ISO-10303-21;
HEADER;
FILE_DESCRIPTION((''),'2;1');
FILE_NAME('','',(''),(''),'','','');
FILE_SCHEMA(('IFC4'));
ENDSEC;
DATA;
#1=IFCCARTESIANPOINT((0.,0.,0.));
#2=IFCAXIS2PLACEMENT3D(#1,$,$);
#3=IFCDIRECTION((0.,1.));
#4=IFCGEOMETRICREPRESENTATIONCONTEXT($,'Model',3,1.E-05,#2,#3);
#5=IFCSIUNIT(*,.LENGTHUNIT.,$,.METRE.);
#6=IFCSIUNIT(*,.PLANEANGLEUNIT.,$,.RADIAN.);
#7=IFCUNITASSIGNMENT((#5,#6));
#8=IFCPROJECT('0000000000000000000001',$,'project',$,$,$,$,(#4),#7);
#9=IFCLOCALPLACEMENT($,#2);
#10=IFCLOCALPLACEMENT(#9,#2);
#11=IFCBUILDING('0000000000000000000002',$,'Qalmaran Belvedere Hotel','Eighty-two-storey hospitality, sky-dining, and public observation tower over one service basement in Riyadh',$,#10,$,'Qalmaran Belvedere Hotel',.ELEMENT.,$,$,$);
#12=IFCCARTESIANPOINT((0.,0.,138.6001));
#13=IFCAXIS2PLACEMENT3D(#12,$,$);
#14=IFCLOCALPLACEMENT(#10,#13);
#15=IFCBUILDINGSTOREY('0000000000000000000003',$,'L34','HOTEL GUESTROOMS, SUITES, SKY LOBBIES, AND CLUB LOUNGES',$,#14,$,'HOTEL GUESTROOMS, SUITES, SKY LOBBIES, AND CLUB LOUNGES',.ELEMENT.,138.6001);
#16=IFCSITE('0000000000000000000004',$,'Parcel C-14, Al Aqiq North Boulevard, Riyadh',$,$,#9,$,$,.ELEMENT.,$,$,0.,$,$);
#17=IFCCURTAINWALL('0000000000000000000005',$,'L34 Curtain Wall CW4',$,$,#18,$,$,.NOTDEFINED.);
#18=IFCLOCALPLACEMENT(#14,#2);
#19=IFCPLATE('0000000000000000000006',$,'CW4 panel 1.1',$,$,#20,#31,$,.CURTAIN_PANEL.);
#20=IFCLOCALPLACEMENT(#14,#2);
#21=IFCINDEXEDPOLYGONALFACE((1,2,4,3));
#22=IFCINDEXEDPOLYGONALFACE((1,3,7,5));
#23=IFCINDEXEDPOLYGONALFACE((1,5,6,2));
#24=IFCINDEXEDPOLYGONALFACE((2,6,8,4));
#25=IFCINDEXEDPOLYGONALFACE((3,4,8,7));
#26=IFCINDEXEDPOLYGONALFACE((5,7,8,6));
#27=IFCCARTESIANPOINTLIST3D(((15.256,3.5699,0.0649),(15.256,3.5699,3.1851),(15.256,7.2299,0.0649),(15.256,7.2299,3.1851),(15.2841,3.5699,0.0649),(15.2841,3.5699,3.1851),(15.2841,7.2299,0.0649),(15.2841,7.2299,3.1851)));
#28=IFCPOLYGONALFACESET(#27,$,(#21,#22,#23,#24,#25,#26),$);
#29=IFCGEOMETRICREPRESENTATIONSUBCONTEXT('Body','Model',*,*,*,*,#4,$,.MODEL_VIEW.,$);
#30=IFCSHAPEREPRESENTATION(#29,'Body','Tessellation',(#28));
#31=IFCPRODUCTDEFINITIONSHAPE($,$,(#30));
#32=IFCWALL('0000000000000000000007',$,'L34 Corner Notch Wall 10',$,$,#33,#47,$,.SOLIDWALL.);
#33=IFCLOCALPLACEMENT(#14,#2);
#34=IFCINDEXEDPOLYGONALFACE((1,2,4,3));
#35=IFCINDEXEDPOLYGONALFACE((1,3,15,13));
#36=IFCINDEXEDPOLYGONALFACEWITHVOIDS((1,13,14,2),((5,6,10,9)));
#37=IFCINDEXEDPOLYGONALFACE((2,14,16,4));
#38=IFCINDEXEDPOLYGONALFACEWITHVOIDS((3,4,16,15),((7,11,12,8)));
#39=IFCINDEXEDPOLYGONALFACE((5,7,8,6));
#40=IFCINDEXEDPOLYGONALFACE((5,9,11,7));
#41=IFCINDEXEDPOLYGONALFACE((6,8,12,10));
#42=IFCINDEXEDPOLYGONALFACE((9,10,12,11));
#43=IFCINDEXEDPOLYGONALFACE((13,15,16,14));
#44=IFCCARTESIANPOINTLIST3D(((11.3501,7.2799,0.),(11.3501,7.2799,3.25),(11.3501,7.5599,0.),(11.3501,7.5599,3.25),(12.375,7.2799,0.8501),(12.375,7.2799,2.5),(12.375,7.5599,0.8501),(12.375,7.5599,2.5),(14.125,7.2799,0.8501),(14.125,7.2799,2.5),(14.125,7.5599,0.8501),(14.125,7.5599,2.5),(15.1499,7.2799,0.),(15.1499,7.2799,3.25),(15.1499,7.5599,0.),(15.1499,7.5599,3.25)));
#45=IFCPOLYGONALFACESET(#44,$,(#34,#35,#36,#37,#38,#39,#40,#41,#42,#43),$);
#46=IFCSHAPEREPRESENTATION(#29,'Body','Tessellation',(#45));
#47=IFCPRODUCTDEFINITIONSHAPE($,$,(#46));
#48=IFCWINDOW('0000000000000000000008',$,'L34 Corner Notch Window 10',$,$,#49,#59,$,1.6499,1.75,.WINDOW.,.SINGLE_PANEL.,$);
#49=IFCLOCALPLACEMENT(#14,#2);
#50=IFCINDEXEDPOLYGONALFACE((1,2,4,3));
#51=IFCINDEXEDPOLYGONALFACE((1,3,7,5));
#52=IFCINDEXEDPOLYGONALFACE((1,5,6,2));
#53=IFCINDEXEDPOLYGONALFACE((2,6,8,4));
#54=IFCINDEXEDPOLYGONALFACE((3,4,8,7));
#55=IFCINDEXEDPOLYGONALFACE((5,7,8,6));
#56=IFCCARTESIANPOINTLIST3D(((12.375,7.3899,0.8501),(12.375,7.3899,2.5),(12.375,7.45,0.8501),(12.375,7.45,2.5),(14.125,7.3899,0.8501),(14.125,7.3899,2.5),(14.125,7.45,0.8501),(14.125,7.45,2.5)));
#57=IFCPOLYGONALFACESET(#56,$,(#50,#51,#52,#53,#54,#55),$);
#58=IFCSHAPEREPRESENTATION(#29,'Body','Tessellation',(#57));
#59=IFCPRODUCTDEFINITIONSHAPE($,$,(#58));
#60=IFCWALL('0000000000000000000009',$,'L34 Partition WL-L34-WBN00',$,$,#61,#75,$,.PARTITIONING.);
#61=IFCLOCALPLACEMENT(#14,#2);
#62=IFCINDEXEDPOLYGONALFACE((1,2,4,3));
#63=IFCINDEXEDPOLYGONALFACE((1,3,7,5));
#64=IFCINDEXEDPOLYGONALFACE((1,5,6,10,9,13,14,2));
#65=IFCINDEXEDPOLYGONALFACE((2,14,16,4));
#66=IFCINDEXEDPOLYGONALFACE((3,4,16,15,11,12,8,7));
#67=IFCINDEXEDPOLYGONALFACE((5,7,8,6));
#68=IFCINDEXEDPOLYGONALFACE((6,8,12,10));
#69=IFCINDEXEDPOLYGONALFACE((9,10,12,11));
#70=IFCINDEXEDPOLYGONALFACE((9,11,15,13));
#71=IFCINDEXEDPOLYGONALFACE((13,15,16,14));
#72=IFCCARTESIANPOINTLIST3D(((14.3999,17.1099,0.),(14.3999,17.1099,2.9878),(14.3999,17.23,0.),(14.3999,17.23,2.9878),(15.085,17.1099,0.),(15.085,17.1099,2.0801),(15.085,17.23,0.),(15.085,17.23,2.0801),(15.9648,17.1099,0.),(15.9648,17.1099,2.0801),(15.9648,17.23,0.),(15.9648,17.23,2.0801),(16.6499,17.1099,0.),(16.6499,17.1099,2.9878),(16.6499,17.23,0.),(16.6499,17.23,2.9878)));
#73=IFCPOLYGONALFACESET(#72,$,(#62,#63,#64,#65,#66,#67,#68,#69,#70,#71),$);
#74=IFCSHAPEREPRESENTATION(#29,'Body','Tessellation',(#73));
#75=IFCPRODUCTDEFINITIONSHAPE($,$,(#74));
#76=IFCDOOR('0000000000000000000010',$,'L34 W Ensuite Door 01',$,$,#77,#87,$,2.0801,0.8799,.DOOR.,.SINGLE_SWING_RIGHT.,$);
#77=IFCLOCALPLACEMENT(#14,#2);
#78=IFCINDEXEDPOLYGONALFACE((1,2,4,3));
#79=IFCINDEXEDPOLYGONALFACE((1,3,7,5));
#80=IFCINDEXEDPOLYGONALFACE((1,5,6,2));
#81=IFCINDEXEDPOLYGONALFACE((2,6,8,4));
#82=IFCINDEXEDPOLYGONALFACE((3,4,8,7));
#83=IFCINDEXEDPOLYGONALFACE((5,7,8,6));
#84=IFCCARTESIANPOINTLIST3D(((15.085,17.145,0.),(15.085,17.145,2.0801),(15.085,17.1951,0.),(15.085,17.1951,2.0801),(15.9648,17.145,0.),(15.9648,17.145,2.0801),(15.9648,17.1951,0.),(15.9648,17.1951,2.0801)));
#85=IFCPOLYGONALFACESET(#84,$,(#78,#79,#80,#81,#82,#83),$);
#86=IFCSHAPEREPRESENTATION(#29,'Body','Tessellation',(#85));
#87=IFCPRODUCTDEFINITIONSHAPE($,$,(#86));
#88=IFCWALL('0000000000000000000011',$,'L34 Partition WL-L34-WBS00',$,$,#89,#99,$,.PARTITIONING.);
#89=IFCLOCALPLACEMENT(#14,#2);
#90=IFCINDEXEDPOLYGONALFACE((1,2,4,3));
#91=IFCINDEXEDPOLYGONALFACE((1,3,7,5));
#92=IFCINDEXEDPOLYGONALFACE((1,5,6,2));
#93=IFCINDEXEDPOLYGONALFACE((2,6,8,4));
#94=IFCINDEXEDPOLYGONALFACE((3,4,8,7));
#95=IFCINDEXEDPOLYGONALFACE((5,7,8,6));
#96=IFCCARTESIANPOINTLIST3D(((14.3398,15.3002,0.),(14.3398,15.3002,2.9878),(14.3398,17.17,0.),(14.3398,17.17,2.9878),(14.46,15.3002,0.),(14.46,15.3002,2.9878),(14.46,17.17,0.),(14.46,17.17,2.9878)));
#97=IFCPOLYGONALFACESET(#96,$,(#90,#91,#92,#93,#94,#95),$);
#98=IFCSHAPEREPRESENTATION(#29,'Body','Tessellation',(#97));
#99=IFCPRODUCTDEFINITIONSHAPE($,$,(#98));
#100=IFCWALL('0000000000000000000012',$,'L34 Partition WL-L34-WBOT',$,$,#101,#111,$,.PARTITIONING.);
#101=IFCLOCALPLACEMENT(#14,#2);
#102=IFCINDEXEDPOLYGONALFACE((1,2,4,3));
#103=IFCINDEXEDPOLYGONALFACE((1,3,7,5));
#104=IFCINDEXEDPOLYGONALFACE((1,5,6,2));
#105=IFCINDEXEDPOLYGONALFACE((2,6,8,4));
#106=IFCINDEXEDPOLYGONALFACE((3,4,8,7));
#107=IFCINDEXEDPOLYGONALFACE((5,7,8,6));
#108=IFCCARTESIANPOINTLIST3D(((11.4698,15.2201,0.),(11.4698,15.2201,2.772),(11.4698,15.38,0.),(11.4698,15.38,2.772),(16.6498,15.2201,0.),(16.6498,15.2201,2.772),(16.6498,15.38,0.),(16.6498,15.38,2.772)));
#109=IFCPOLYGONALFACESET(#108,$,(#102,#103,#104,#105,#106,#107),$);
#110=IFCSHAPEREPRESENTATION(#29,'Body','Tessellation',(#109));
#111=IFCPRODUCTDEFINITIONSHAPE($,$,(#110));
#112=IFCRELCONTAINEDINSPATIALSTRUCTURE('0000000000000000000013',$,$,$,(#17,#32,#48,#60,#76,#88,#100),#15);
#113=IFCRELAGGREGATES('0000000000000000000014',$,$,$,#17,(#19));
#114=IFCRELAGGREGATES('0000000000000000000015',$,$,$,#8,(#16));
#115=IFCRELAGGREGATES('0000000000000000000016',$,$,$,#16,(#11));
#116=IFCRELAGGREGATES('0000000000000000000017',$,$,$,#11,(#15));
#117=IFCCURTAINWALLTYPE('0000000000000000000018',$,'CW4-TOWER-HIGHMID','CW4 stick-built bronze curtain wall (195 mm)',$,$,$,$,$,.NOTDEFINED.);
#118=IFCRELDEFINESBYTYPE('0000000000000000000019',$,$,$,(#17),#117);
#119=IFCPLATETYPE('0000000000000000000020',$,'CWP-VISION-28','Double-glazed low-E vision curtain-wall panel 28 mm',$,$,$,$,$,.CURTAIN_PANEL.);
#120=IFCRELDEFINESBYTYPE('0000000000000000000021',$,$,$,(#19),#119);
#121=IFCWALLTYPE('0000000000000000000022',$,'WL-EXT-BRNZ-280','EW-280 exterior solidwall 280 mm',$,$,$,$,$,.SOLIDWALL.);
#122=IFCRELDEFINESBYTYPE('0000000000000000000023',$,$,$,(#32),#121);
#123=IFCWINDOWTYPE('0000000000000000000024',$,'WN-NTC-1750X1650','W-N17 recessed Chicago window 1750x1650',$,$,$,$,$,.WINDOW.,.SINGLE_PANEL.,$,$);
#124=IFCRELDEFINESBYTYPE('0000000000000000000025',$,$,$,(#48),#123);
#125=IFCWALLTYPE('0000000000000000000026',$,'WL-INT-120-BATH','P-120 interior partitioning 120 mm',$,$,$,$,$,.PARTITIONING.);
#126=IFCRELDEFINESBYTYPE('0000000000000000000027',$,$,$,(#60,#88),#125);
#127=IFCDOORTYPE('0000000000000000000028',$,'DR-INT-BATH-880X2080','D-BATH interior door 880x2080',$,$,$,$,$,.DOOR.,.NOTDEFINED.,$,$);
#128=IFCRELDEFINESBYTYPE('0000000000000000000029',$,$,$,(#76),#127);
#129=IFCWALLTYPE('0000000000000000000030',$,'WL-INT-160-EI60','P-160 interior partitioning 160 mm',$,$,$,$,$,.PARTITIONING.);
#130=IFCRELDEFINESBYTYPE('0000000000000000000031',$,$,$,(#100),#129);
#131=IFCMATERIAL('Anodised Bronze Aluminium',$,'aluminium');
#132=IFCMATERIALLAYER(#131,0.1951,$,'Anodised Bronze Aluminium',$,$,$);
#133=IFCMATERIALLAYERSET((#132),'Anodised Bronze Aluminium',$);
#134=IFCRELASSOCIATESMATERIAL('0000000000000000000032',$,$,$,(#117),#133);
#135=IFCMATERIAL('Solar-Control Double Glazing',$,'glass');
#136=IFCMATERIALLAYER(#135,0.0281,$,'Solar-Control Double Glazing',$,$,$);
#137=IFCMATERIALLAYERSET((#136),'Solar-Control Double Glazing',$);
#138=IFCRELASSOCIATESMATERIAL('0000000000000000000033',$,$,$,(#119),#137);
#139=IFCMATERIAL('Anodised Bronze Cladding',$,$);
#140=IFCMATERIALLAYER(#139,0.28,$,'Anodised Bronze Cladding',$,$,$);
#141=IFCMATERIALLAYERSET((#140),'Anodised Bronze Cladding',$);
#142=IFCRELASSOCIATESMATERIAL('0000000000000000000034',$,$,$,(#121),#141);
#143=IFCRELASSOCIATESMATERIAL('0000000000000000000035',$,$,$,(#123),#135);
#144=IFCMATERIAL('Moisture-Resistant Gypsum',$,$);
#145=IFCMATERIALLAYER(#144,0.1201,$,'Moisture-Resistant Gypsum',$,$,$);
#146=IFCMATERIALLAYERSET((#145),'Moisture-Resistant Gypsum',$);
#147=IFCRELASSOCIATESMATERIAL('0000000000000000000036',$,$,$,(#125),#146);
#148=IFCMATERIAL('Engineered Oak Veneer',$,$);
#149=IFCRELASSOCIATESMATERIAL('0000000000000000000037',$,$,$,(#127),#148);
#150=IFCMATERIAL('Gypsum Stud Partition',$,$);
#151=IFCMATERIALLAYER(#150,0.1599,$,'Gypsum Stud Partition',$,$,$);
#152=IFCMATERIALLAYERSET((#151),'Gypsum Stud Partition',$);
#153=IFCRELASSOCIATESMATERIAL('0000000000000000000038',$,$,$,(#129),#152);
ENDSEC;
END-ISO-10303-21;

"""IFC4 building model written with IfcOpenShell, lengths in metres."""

from ifc_helpers import new_model, si_unit, direction, frame, frame_2d, origin, origin_2d, place, context, subcontext, project, spatial, rectangle, extrude, material, layer, layer_set, type_object, element, fill, aggregate, save


model = new_model("IFC4")

# Units and contexts
model_context = context("Model", 3, precision=1e-05, world=origin(), true_north=direction((0.0, 1.0)))
body_context = subcontext(model_context, "Body", "Model", "MODEL_VIEW")
ifc_project = project(units=[si_unit("LENGTHUNIT", "METRE"), si_unit("PLANEANGLEUNIT", "RADIAN")], contexts=[model_context])

# Site, building, storey
site_placement = place(None, origin())
site = spatial("IfcSite", under=ifc_project, at=site_placement, Name="Parcel C-14, Al Aqiq North Boulevard, Riyadh", CompositionType="ELEMENT", RefElevation=0.0)
building_placement = place(site_placement, origin())
building = spatial("IfcBuilding", under=site, at=building_placement, Name="Qalmaran Belvedere Hotel", Description="Eighty-two-storey hospitality, sky-dining, and public observation tower over one service basement in Riyadh", LongName="Qalmaran Belvedere Hotel", CompositionType="ELEMENT")
storey_placement = place(building_placement, frame((0.0, 0.0, 138.6001)))
storey = spatial("IfcBuildingStorey", under=building, at=storey_placement, Name="L34", Description="HOTEL GUESTROOMS, SUITES, SKY LOBBIES, AND CLUB LOUNGES", LongName="HOTEL GUESTROOMS, SUITES, SKY LOBBIES, AND CLUB LOUNGES", CompositionType="ELEMENT", Elevation=138.6001)

# Shared definitions
ifc_material_1 = material(Name="Anodised Bronze Aluminium", Category="aluminium")
ifc_layer_1 = layer(ifc_material_1, 0.1951, Name="Anodised Bronze Aluminium")
ifc_layer_set_1 = layer_set([ifc_layer_1], Name="Anodised Bronze Aluminium")
curtain_wall_type = type_object("IfcCurtainWallType", Name="CW4-TOWER-HIGHMID", Description="CW4 stick-built bronze curtain wall (195 mm)", PredefinedType="NOTDEFINED", material=ifc_layer_set_1)

# Curtain wall
curtain_wall_1_placement = place(storey_placement, origin())
curtain_wall_1 = element("IfcCurtainWall", 1, at=curtain_wall_1_placement, inside=storey, type_object=curtain_wall_type, Name="L34 Curtain Wall CW4", PredefinedType="NOTDEFINED")

# Plate
ifc_material_2 = material(Name="Solar-Control Double Glazing", Category="glass")
ifc_layer_2 = layer(ifc_material_2, 0.0281, Name="Solar-Control Double Glazing")
ifc_layer_set_2 = layer_set([ifc_layer_2], Name="Solar-Control Double Glazing")
plate_type = type_object("IfcPlateType", Name="CWP-VISION-28", Description="Double-glazed low-E vision curtain-wall panel 28 mm", PredefinedType="CURTAIN_PANEL", material=ifc_layer_set_2)
plate_1_placement = place(storey_placement, frame((15.27, 5.3999, 0.0649), z_axis=(0.0, 0.0, 1.0), x_axis=(0.0, -1.0, 0.0)))
plate_1 = element("IfcPlate", 2, at=plate_1_placement, type_object=plate_type, Name="CW4 panel 1.1", PredefinedType="CURTAIN_PANEL", context=body_context, shape_type="SweptSolid", body=[
    extrude(rectangle(XDim=3.6599, YDim=0.0281, at=origin_2d()), origin(), (0.0, 0.0, 1.0), 3.1201),
])
aggregate(curtain_wall_1, [plate_1])

# Wall, opening, window
ifc_material_3 = material(Name="Anodised Bronze Cladding")
ifc_layer_3 = layer(ifc_material_3, 0.28, Name="Anodised Bronze Cladding")
ifc_layer_set_3 = layer_set([ifc_layer_3], Name="Anodised Bronze Cladding")
wall_type_1 = type_object("IfcWallType", Name="WL-EXT-BRNZ-280", Description="EW-280 exterior solidwall 280 mm", PredefinedType="SOLIDWALL", material=ifc_layer_set_3)
wall_1_placement = place(storey_placement, frame((11.3501, 7.4199, 0.0), z_axis=(0.0, 0.0, 1.0), x_axis=(1.0, 0.0, 0.0)))
wall_1 = element("IfcWall", 3, at=wall_1_placement, inside=storey, type_object=wall_type_1, Name="L34 Corner Notch Wall 10", PredefinedType="SOLIDWALL", context=body_context, shape_type="SweptSolid", body=[
    extrude(rectangle(XDim=3.7998, YDim=0.28, at=frame_2d((1.8999, 0.0))), origin(), (0.0, 0.0, 1.0), 3.25),
])
opening_1_placement = place(wall_1_placement, frame((1.0249, 0.0, 0.8501)))
opening_1 = element("IfcOpeningElement", 4, at=opening_1_placement, cuts=wall_1, PredefinedType="OPENING", context=body_context, shape_type="SweptSolid", body=[
    extrude(rectangle(XDim=1.75, YDim=1.6499, at=frame_2d((0.875, 0.825))), frame((0.0, 0.1499, 0.0), z_axis=(0.0, -1.0, 0.0), x_axis=(1.0, 0.0, 0.0)), (0.0, 0.0, 1.0), 0.3),
])
window_type = type_object("IfcWindowType", Name="WN-NTC-1750X1650", Description="W-N17 recessed Chicago window 1750x1650", PartitioningType="SINGLE_PANEL", PredefinedType="WINDOW", material=ifc_material_2)
window_placement = place(opening_1_placement, origin())
window = element("IfcWindow", 5, at=window_placement, inside=storey, type_object=window_type, Name="L34 Corner Notch Window 10", OverallHeight=1.6499, OverallWidth=1.75, PartitioningType="SINGLE_PANEL", PredefinedType="WINDOW", context=body_context, shape_type="SweptSolid", body=[
    extrude(rectangle(XDim=1.75, YDim=1.6499, at=frame_2d((0.875, 0.825))), frame((0.0, 0.03, 0.0), z_axis=(0.0, -1.0, 0.0), x_axis=(1.0, 0.0, 0.0)), (0.0, 0.0, 1.0), 0.0601),
])
fill(opening_1, window)

# Wall, opening, door
ifc_material_4 = material(Name="Moisture-Resistant Gypsum")
ifc_layer_4 = layer(ifc_material_4, 0.1201, Name="Moisture-Resistant Gypsum")
ifc_layer_set_4 = layer_set([ifc_layer_4], Name="Moisture-Resistant Gypsum")
wall_type_2 = type_object("IfcWallType", Name="WL-INT-120-BATH", Description="P-120 interior partitioning 120 mm", PredefinedType="PARTITIONING", material=ifc_layer_set_4)
wall_2_placement = place(storey_placement, frame((14.3999, 17.1699, 0.0), z_axis=(0.0, 0.0, 1.0), x_axis=(1.0, 0.0, 0.0)))
wall_2 = element("IfcWall", 6, at=wall_2_placement, inside=storey, type_object=wall_type_2, Name="L34 Partition WL-L34-WBN00", PredefinedType="PARTITIONING", context=body_context, shape_type="SweptSolid", body=[
    extrude(rectangle(XDim=2.25, YDim=0.1201, at=frame_2d((1.125, 0.0))), origin(), (0.0, 0.0, 1.0), 2.9878),
])
opening_2_placement = place(wall_2_placement, frame((1.5649, 0.0, 0.0), z_axis=(0.0, 0.0, 1.0), x_axis=(-1.0, 0.0, 0.0)))
opening_2 = element("IfcOpeningElement", 7, at=opening_2_placement, cuts=wall_2, PredefinedType="OPENING", context=body_context, shape_type="SweptSolid", body=[
    extrude(rectangle(XDim=0.8799, YDim=2.0801, at=frame_2d((0.4399, 1.04))), frame((0.0, 0.0701, 0.0), z_axis=(0.0, -1.0, 0.0), x_axis=(1.0, 0.0, 0.0)), (0.0, 0.0, 1.0), 0.1401),
])
ifc_material_5 = material(Name="Engineered Oak Veneer")
door_type = type_object("IfcDoorType", Name="DR-INT-BATH-880X2080", Description="D-BATH interior door 880x2080", OperationType="NOTDEFINED", PredefinedType="DOOR", material=ifc_material_5)
door_placement = place(opening_2_placement, origin())
door = element("IfcDoor", 8, at=door_placement, inside=storey, type_object=door_type, Name="L34 W Ensuite Door 01", OperationType="SINGLE_SWING_RIGHT", OverallHeight=2.0801, OverallWidth=0.8799, PredefinedType="DOOR", context=body_context, shape_type="SweptSolid", body=[
    extrude(rectangle(XDim=0.8799, YDim=2.0801, at=frame_2d((0.4399, 1.04))), frame((0.0, 0.0249, 0.0), z_axis=(0.0, -1.0, 0.0), x_axis=(1.0, 0.0, 0.0)), (0.0, 0.0, 1.0), 0.05),
])
fill(opening_2, door)

# Walls
wall_3_placement = place(storey_placement, frame((14.3999, 15.3, 0.0), z_axis=(0.0, 0.0, 1.0), x_axis=(0.0, 1.0, 0.0)))
element("IfcWall", 9, at=wall_3_placement, inside=storey, type_object=wall_type_2, Name="L34 Partition WL-L34-WBS00", PredefinedType="PARTITIONING", context=body_context, shape_type="SweptSolid", body=[
    extrude(rectangle(XDim=1.8699, YDim=0.1201, at=frame_2d((0.9351, 0.0))), origin(), (0.0, 0.0, 1.0), 2.9878),
])
ifc_material_6 = material(Name="Gypsum Stud Partition")
ifc_layer_5 = layer(ifc_material_6, 0.1599, Name="Gypsum Stud Partition")
ifc_layer_set_5 = layer_set([ifc_layer_5], Name="Gypsum Stud Partition")
wall_type_3 = type_object("IfcWallType", Name="WL-INT-160-EI60", Description="P-160 interior partitioning 160 mm", PredefinedType="PARTITIONING", material=ifc_layer_set_5)
wall_4_placement = place(storey_placement, frame((11.47, 15.3, 0.0), z_axis=(0.0, 0.0, 1.0), x_axis=(1.0, 0.0, 0.0)))
element("IfcWall", 10, at=wall_4_placement, inside=storey, type_object=wall_type_3, Name="L34 Partition WL-L34-WBOT", PredefinedType="PARTITIONING", context=body_context, shape_type="SweptSolid", body=[
    extrude(rectangle(XDim=5.1799, YDim=0.1599, at=frame_2d((2.5898, 0.0))), origin(), (0.0, 0.0, 1.0), 2.772),
])

save(model, "model.ifc")
